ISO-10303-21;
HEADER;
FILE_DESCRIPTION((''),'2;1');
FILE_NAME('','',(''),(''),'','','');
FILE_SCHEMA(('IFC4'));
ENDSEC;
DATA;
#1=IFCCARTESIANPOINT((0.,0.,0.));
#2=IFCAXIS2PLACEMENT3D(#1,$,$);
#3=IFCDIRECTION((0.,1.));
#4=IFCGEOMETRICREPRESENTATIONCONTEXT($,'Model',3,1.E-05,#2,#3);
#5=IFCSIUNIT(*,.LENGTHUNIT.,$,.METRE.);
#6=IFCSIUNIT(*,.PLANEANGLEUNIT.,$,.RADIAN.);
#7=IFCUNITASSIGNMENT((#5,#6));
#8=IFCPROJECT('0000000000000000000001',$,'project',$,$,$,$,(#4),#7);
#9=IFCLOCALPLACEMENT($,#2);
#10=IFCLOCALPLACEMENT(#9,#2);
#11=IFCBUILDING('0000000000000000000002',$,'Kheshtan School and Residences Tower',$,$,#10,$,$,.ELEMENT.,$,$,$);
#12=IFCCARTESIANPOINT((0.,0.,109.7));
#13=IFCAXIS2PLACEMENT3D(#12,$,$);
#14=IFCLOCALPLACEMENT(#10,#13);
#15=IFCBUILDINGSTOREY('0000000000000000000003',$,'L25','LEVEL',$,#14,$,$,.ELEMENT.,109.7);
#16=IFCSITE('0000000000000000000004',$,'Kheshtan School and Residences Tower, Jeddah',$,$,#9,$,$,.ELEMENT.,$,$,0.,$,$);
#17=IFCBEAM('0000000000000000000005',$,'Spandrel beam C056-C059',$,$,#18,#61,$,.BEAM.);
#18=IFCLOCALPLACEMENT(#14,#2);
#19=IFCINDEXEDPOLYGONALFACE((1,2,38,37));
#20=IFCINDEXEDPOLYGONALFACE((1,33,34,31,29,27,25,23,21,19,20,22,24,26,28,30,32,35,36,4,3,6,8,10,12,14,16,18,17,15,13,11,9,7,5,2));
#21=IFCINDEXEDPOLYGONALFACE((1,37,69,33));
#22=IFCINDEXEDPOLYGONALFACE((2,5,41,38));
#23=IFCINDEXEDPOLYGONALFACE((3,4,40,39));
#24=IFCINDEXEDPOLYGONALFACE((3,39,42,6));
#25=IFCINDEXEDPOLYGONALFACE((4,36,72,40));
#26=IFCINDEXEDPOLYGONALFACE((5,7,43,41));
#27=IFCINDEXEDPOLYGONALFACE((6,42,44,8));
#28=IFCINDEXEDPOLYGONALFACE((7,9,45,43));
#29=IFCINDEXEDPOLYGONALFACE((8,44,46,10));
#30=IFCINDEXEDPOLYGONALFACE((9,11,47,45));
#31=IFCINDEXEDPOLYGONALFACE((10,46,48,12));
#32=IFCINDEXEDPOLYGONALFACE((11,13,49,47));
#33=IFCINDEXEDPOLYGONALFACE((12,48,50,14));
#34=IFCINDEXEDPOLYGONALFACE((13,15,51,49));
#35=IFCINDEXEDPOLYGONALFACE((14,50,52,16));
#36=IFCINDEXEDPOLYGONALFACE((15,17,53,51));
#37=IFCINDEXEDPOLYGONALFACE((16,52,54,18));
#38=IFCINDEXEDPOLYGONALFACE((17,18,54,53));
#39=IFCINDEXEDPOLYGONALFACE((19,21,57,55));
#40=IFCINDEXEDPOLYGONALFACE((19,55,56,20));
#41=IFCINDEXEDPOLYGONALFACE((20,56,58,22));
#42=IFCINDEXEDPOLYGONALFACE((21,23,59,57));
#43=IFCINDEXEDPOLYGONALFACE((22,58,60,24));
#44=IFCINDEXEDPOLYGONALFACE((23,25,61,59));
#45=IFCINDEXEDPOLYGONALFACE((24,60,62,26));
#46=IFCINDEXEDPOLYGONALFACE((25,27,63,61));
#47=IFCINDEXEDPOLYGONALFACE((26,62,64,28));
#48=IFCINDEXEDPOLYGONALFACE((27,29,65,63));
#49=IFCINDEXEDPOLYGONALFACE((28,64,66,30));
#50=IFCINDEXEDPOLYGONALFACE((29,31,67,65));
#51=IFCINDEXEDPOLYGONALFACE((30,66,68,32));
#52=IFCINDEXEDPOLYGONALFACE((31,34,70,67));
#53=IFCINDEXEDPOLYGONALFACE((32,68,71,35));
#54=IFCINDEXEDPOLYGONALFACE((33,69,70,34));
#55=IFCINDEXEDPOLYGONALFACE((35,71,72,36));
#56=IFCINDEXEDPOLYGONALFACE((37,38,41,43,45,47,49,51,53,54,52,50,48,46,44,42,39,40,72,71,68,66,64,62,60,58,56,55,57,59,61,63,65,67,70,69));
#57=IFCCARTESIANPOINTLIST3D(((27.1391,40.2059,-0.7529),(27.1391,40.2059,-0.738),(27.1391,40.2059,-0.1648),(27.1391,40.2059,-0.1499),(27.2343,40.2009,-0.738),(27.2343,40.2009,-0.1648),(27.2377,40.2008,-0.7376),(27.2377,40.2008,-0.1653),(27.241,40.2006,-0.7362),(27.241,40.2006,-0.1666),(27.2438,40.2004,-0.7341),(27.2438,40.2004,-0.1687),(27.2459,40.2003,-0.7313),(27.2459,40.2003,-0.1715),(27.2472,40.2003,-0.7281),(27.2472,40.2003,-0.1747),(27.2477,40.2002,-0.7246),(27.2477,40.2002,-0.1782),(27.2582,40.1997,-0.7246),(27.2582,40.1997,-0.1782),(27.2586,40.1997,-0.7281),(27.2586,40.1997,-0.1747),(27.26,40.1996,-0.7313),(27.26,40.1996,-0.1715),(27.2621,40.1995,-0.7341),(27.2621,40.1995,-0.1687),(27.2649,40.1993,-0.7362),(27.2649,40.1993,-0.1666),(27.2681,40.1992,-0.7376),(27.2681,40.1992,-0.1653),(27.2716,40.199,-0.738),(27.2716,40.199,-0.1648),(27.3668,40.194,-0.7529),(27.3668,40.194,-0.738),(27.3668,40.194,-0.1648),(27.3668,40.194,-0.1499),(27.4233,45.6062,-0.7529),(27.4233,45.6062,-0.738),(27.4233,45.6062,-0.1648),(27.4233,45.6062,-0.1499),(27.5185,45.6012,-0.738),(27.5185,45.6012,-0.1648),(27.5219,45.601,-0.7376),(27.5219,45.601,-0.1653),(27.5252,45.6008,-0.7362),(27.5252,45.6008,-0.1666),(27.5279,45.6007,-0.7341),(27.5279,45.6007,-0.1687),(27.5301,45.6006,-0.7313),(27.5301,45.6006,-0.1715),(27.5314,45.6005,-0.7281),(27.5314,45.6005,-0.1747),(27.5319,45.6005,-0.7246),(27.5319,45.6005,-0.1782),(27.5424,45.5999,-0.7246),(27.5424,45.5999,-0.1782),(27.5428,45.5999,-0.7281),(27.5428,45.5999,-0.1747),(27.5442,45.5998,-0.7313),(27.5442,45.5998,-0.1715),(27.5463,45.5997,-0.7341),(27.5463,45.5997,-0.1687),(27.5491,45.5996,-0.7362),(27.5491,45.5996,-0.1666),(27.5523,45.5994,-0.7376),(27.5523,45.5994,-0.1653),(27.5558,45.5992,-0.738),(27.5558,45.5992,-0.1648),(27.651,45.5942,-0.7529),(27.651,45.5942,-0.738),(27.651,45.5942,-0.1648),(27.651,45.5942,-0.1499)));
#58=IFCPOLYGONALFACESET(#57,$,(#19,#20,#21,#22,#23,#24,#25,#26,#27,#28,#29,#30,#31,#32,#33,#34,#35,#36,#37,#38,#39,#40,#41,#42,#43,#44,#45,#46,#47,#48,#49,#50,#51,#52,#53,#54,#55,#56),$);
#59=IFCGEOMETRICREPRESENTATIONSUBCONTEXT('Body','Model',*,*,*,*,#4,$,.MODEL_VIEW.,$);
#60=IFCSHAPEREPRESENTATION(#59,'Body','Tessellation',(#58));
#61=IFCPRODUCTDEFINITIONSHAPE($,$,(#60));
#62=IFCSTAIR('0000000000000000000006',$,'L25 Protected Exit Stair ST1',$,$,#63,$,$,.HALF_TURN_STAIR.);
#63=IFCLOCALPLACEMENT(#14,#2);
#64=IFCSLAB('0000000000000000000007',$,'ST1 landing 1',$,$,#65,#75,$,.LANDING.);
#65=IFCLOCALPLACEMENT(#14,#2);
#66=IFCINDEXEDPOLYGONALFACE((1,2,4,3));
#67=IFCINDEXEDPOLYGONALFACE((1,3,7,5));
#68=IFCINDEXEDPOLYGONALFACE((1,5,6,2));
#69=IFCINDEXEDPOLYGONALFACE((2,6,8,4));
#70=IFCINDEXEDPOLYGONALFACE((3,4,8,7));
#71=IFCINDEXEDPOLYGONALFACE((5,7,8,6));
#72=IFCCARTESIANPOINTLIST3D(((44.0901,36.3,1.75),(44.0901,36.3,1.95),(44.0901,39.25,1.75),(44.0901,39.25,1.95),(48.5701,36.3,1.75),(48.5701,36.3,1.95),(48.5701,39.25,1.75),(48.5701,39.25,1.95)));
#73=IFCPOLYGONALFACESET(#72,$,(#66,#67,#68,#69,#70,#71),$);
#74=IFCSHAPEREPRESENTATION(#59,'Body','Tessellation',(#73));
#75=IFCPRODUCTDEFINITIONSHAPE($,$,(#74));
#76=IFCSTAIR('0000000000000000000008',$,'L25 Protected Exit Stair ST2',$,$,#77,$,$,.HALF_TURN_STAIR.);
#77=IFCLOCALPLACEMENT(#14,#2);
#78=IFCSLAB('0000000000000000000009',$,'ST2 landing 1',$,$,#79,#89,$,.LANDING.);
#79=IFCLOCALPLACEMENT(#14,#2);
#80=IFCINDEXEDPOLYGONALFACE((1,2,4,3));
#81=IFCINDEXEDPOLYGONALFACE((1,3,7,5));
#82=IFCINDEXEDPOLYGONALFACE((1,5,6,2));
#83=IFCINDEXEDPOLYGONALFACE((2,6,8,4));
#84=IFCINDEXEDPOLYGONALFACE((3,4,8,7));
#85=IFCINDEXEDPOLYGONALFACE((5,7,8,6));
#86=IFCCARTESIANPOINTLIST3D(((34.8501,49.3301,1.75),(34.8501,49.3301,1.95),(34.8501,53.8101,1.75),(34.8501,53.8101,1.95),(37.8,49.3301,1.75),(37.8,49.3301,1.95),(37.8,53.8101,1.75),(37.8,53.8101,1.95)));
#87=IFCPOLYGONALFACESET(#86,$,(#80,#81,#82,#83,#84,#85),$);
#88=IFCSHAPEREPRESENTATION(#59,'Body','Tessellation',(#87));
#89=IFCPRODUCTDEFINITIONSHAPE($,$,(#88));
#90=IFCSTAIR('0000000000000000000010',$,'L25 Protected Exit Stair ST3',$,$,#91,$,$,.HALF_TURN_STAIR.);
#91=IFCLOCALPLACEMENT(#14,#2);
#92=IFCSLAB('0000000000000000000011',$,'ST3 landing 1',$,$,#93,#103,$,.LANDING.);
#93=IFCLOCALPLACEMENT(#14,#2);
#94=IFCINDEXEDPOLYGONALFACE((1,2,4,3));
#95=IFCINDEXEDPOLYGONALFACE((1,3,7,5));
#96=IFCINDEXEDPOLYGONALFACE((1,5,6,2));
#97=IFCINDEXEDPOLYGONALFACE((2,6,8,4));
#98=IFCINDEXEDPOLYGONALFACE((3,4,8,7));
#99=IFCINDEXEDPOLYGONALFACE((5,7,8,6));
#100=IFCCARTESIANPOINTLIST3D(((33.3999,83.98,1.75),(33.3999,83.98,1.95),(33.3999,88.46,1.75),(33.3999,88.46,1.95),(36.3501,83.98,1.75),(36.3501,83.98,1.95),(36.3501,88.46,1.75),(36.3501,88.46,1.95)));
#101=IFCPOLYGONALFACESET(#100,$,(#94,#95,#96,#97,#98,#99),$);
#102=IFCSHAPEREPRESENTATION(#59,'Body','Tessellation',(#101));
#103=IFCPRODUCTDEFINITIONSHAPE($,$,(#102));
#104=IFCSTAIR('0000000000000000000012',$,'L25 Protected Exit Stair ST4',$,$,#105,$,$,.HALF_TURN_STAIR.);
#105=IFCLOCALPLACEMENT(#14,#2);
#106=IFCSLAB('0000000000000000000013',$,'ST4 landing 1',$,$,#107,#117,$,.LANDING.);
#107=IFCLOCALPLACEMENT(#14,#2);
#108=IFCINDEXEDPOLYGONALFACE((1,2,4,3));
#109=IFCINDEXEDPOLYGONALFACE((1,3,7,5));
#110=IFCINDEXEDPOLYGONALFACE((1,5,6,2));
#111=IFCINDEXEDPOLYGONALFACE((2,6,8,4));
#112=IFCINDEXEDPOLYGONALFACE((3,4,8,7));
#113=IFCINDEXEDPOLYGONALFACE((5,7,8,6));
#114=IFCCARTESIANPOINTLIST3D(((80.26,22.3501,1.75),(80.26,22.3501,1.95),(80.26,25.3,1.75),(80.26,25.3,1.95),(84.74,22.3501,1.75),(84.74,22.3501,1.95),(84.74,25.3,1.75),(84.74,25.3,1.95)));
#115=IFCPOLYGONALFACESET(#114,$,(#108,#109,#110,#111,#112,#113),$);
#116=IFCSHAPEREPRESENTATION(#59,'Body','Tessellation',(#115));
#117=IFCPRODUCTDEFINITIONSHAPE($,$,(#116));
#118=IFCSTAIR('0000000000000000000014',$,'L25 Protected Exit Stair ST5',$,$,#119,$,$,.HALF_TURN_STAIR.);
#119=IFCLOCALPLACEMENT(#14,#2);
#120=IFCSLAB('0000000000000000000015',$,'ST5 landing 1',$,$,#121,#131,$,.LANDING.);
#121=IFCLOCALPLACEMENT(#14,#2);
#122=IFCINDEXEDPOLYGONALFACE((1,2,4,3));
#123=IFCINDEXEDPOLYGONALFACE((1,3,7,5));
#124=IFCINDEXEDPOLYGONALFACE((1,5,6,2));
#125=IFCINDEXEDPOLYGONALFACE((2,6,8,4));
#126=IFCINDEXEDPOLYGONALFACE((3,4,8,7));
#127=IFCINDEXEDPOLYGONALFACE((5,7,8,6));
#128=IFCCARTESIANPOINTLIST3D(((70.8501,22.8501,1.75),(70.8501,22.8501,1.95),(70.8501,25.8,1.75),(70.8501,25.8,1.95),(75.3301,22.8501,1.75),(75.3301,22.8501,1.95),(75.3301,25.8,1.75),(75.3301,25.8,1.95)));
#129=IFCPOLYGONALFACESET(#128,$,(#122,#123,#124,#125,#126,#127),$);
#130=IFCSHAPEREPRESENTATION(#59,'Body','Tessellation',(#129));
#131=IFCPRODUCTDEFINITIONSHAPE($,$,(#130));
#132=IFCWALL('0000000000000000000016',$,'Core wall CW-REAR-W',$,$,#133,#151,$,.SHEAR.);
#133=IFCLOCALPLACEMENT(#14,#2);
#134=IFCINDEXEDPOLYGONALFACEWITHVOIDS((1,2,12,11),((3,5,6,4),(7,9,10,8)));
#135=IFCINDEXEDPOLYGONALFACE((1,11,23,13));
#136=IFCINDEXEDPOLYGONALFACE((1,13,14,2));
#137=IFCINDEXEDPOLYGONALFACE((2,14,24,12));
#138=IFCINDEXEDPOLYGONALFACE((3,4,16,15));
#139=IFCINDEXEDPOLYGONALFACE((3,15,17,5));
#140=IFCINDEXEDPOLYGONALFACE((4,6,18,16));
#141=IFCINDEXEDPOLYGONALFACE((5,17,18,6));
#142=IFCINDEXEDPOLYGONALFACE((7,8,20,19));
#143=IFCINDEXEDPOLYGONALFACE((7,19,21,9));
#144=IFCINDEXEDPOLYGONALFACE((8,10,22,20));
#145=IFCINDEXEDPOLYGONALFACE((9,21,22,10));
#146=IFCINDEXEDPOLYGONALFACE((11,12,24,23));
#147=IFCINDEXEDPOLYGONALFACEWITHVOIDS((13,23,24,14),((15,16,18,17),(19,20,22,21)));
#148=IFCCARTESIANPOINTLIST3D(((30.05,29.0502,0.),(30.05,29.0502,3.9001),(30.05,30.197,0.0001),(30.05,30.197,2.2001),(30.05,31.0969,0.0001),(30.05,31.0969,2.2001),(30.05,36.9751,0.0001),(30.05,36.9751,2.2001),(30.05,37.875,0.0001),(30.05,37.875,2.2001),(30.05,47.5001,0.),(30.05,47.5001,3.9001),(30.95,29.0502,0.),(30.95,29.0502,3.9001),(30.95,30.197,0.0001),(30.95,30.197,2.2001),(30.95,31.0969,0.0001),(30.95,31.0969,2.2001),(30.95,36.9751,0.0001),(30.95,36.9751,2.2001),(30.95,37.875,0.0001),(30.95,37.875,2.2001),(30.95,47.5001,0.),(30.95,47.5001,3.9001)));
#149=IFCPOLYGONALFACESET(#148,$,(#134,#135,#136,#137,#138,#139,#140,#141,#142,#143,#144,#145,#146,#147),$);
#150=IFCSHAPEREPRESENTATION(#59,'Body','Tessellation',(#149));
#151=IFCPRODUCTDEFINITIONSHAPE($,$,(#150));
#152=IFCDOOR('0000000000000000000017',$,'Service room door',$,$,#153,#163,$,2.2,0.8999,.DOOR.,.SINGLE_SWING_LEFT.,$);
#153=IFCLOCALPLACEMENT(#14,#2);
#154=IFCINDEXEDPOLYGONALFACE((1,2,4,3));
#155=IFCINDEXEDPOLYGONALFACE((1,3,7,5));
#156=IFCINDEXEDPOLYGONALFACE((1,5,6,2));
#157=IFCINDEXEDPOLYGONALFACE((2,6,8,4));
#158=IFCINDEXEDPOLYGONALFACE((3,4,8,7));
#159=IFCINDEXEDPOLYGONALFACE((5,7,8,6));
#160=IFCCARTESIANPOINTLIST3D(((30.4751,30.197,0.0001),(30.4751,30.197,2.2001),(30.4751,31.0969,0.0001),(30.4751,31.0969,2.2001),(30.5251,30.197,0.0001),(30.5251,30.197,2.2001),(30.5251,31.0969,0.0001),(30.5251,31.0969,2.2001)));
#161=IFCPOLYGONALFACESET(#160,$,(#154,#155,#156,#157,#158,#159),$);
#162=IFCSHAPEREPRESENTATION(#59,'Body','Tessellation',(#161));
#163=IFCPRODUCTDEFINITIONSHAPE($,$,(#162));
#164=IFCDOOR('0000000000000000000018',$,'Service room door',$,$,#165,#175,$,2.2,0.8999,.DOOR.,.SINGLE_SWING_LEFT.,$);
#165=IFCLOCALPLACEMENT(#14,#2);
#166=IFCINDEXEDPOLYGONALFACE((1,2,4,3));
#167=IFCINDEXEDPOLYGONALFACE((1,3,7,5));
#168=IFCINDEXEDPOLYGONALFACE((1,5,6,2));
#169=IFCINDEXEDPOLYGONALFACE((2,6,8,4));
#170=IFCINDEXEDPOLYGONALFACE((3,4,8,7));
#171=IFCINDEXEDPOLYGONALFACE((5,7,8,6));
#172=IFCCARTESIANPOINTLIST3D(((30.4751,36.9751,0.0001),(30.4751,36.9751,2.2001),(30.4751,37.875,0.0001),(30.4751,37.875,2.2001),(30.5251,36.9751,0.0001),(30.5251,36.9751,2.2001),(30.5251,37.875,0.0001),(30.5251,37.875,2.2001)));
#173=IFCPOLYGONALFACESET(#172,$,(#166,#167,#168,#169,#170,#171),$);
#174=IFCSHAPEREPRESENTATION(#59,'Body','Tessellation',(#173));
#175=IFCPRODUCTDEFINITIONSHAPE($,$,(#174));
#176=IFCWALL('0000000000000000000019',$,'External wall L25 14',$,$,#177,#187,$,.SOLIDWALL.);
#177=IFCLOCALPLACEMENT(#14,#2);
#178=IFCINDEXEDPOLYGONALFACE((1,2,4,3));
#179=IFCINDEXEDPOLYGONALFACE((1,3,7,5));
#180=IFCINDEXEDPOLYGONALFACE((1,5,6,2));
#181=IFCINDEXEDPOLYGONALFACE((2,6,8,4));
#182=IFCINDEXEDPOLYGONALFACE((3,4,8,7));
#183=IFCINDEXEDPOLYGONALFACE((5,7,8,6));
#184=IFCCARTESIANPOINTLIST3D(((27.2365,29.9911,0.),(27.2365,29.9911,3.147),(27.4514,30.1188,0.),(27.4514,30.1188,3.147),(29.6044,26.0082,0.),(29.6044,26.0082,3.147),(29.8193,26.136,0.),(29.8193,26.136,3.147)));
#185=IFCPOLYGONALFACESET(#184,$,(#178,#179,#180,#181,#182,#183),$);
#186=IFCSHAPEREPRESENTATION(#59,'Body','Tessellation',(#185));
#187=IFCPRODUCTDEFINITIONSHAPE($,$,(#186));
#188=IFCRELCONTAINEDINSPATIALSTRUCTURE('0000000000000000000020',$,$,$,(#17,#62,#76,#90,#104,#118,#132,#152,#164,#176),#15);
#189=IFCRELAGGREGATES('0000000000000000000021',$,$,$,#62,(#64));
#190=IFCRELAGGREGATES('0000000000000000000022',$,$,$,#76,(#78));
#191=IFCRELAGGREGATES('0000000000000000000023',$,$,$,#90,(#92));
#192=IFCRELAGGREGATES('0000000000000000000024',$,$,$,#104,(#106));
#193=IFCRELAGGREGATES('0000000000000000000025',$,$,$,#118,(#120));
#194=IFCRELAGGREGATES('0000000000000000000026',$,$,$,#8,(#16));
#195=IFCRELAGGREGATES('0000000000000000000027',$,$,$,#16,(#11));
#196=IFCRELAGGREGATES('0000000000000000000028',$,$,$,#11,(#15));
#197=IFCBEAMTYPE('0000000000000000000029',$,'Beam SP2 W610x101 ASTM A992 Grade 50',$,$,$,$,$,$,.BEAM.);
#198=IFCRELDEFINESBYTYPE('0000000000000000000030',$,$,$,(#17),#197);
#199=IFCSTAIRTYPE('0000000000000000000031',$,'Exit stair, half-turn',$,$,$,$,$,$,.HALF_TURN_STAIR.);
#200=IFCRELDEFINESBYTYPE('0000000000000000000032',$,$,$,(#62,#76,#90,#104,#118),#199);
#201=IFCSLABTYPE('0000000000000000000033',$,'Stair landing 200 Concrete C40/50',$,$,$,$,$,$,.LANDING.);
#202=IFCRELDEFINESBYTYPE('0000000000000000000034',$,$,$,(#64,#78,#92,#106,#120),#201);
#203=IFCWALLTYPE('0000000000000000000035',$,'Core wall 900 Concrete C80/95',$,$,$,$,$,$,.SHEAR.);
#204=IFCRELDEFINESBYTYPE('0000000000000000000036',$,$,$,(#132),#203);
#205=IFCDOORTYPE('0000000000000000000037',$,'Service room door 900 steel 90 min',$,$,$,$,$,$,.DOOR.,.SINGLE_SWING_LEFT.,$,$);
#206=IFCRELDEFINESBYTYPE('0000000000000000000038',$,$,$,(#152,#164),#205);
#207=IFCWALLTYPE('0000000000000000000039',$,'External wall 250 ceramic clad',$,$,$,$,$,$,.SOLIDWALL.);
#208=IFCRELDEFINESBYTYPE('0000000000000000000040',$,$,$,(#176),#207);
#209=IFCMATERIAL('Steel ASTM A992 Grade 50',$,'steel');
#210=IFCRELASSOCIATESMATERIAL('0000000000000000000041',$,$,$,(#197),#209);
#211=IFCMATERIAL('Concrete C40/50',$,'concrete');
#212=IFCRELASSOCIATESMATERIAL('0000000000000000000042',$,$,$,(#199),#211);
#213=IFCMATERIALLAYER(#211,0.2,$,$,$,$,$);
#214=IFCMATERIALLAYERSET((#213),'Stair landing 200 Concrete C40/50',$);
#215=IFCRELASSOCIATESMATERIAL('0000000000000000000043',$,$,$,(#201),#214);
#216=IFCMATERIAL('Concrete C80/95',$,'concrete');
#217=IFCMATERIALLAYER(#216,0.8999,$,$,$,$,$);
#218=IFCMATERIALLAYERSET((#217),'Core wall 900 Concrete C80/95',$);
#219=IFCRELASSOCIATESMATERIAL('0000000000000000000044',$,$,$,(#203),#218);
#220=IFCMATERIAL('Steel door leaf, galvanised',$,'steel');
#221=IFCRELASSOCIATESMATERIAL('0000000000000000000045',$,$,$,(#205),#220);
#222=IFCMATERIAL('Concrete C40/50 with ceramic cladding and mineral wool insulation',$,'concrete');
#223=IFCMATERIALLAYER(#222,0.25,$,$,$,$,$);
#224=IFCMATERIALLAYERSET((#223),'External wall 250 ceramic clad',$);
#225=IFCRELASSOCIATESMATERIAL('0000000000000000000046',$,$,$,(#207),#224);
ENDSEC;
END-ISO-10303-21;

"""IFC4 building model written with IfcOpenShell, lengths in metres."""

from ifc_helpers import new_model, si_unit, direction, frame, frame_2d, origin, origin_2d, place, context, subcontext, project, spatial, polyline, rectangle, i_section, outline, extrude, source, transform, mapped, material, layer, layer_set, material_profile, profile_set, type_object, element, fill, aggregate, save


model = new_model("IFC4")

# Units and contexts
model_context = context("Model", 3, precision=1e-05, world=origin(), true_north=direction((0.0, 1.0)))
body_context = subcontext(model_context, "Body", "Model", "MODEL_VIEW")
ifc_project = project(units=[si_unit("LENGTHUNIT", "METRE"), si_unit("PLANEANGLEUNIT", "RADIAN")], contexts=[model_context])

# Site, building, storey
site_placement = place(None, origin())
site = spatial("IfcSite", under=ifc_project, at=site_placement, Name="Kheshtan School and Residences Tower, Jeddah", CompositionType="ELEMENT", RefElevation=0.0)
building_placement = place(site_placement, origin())
building = spatial("IfcBuilding", under=site, at=building_placement, Name="Kheshtan School and Residences Tower", CompositionType="ELEMENT")
storey_placement = place(building_placement, frame((0.0, 0.0, 109.7)))
storey = spatial("IfcBuildingStorey", under=building, at=storey_placement, Name="L25", Description="LEVEL", CompositionType="ELEMENT", Elevation=109.7)

# Shared definitions
ifc_material_1 = material(Name="Steel ASTM A992 Grade 50", Category="steel")

# Beam
ifc_material_profile_1 = material_profile(ifc_material_1, i_section(OverallWidth=0.228, OverallDepth=0.603, WebThickness=0.0105, FlangeThickness=0.0149, FilletRadius=0.0134, at=origin_2d()), Name="W610x101")
ifc_profile_set_1 = profile_set([ifc_material_profile_1], Name="Steel ASTM A992 Grade 50")
beam_type_1 = type_object("IfcBeamType", Name="Beam SP2 W610x101 ASTM A992 Grade 50", PredefinedType="BEAM", material=ifc_profile_set_1)
beam_1_placement = place(storey_placement, frame((27.2529, 40.2, -0.4514), z_axis=(0.052552, 0.998618, 0.0), x_axis=(-0.998618, 0.052552, 0.0)))
element("IfcBeam", 1, at=beam_1_placement, inside=storey, type_object=beam_type_1, Name="Spandrel beam C056-C059", PredefinedType="BEAM", context=body_context, shape_type="SweptSolid", body=[
    extrude(i_section(OverallWidth=0.228, OverallDepth=0.603, WebThickness=0.0105, FlangeThickness=0.0149, FilletRadius=0.0134, at=origin_2d()), origin(), (0.0, 0.0, 1.0), 5.4077),
])

# Shared definitions
ifc_material_2 = material(Name="Concrete C40/50", Category="concrete")

# Stairs, slabs
stair_type = type_object("IfcStairType", Name="Exit stair, half-turn", PredefinedType="HALF_TURN_STAIR", material=ifc_material_2)
stair_1_placement = place(storey_placement, origin())
stair_1 = element("IfcStair", 2, at=stair_1_placement, inside=storey, type_object=stair_type, Name="L25 Protected Exit Stair ST1", PredefinedType="HALF_TURN_STAIR")
ifc_layer_1 = layer(ifc_material_2, 0.2)
ifc_layer_set_1 = layer_set([ifc_layer_1], Name="Stair landing 200 Concrete C40/50")
slab_type_1 = type_object("IfcSlabType", Name="Stair landing 200 Concrete C40/50", PredefinedType="LANDING", material=ifc_layer_set_1)
slab_1_placement = place(storey_placement, frame((0.0, 0.0, 1.75)))
slab_1 = element("IfcSlab", 3, at=slab_1_placement, type_object=slab_type_1, Name="ST1 landing 1", PredefinedType="LANDING", context=body_context, shape_type="SweptSolid", body=[
    extrude(outline(polyline([(48.5701, 39.25), (44.0901, 39.25), (44.0901, 36.3), (48.5701, 36.3), (48.5701, 39.25)])), origin(), (0.0, 0.0, 1.0), 0.2),
])
aggregate(stair_1, [slab_1])
stair_2_placement = place(storey_placement, origin())
stair_2 = element("IfcStair", 4, at=stair_2_placement, inside=storey, type_object=stair_type, Name="L25 Protected Exit Stair ST2", PredefinedType="HALF_TURN_STAIR")
slab_2_placement = place(storey_placement, frame((0.0, 0.0, 1.75)))
slab_2 = element("IfcSlab", 5, at=slab_2_placement, type_object=slab_type_1, Name="ST2 landing 1", PredefinedType="LANDING", context=body_context, shape_type="SweptSolid", body=[
    extrude(outline(polyline([(37.8, 49.3301), (37.8, 53.8101), (34.8501, 53.8101), (34.8501, 49.3301), (37.8, 49.3301)])), origin(), (0.0, 0.0, 1.0), 0.2),
])
aggregate(stair_2, [slab_2])
stair_3_placement = place(storey_placement, origin())
stair_3 = element("IfcStair", 6, at=stair_3_placement, inside=storey, type_object=stair_type, Name="L25 Protected Exit Stair ST3", PredefinedType="HALF_TURN_STAIR")
slab_3_placement = place(storey_placement, frame((0.0, 0.0, 1.75)))
slab_3 = element("IfcSlab", 7, at=slab_3_placement, type_object=slab_type_1, Name="ST3 landing 1", PredefinedType="LANDING", context=body_context, shape_type="SweptSolid", body=[
    extrude(outline(polyline([(36.3501, 83.98), (36.3501, 88.46), (33.3999, 88.46), (33.3999, 83.98), (36.3501, 83.98)])), origin(), (0.0, 0.0, 1.0), 0.2),
])
aggregate(stair_3, [slab_3])
stair_4_placement = place(storey_placement, origin())
stair_4 = element("IfcStair", 8, at=stair_4_placement, inside=storey, type_object=stair_type, Name="L25 Protected Exit Stair ST4", PredefinedType="HALF_TURN_STAIR")
slab_4_placement = place(storey_placement, frame((0.0, 0.0, 1.75)))
slab_4 = element("IfcSlab", 9, at=slab_4_placement, type_object=slab_type_1, Name="ST4 landing 1", PredefinedType="LANDING", context=body_context, shape_type="SweptSolid", body=[
    extrude(outline(polyline([(84.74, 25.3), (80.26, 25.3), (80.26, 22.3501), (84.74, 22.3501), (84.74, 25.3)])), origin(), (0.0, 0.0, 1.0), 0.2),
])
aggregate(stair_4, [slab_4])
stair_5_placement = place(storey_placement, origin())
stair_5 = element("IfcStair", 10, at=stair_5_placement, inside=storey, type_object=stair_type, Name="L25 Protected Exit Stair ST5", PredefinedType="HALF_TURN_STAIR")
slab_5_placement = place(storey_placement, frame((0.0, 0.0, 1.75)))
slab_5 = element("IfcSlab", 11, at=slab_5_placement, type_object=slab_type_1, Name="ST5 landing 1", PredefinedType="LANDING", context=body_context, shape_type="SweptSolid", body=[
    extrude(outline(polyline([(75.3301, 25.8), (70.8501, 25.8), (70.8501, 22.8501), (75.3301, 22.8501), (75.3301, 25.8)])), origin(), (0.0, 0.0, 1.0), 0.2),
])
aggregate(stair_5, [slab_5])

# Wall, openings, doors
ifc_material_3 = material(Name="Concrete C80/95", Category="concrete")
ifc_layer_2 = layer(ifc_material_3, 0.8999)
ifc_layer_set_2 = layer_set([ifc_layer_2], Name="Core wall 900 Concrete C80/95")
wall_type_1 = type_object("IfcWallType", Name="Core wall 900 Concrete C80/95", PredefinedType="SHEAR", material=ifc_layer_set_2)
wall_1_placement = place(storey_placement, frame((30.5, 29.05, 0.0), z_axis=(0.0, 0.0, 1.0), x_axis=(0.0, 1.0, 0.0)))
wall_1 = element("IfcWall", 12, at=wall_1_placement, inside=storey, type_object=wall_type_1, Name="Core wall CW-REAR-W", PredefinedType="SHEAR", context=body_context, shape_type="SweptSolid", body=[
    extrude(rectangle(XDim=18.45, YDim=0.8999, at=frame_2d((9.2251, 0.0))), origin(), (0.0, 0.0, 1.0), 3.9001),
])
opening_1_placement = place(wall_1_placement, frame((1.147, 0.0, 0.0)))
opening_1 = element("IfcOpeningElement", 13, at=opening_1_placement, cuts=wall_1, PredefinedType="OPENING", context=body_context, shape_type="SweptSolid", body=[
    extrude(rectangle(XDim=0.8999, YDim=2.2, at=frame_2d((0.45, 1.1001))), frame((0.0, 0.46, 0.0), z_axis=(0.0, -1.0, 0.0), x_axis=(1.0, 0.0, 0.0)), (0.0, 0.0, 1.0), 0.9199),
])
opening_2_placement = place(wall_1_placement, frame((7.925, 0.0, 0.0)))
opening_2 = element("IfcOpeningElement", 14, at=opening_2_placement, cuts=wall_1, PredefinedType="OPENING", context=body_context, shape_type="SweptSolid", body=[
    extrude(rectangle(XDim=0.8999, YDim=2.2, at=frame_2d((0.45, 1.1001))), frame((0.0, 0.46, 0.0), z_axis=(0.0, -1.0, 0.0), x_axis=(1.0, 0.0, 0.0)), (0.0, 0.0, 1.0), 0.9199),
])
ifc_material_4 = material(Name="Steel door leaf, galvanised", Category="steel")
door_type = type_object("IfcDoorType", Name="Service room door 900 steel 90 min", OperationType="SINGLE_SWING_LEFT", PredefinedType="DOOR", material=ifc_material_4)
shared_shape = source(origin(), body_context, "Body", "SweptSolid", [
    extrude(rectangle(XDim=0.8999, YDim=2.2, at=frame_2d((0.45, 1.1001))), frame((0.0, 0.0249, 0.0), z_axis=(0.0, -1.0, 0.0), x_axis=(1.0, 0.0, 0.0)), (0.0, 0.0, 1.0), 0.05),
])
door_1_placement = place(opening_1_placement, origin())
door_1 = element("IfcDoor", 15, at=door_1_placement, inside=storey, type_object=door_type, Name="Service room door", OperationType="SINGLE_SWING_LEFT", OverallHeight=2.2, OverallWidth=0.8999, PredefinedType="DOOR", context=body_context, shape_type="MappedRepresentation", body=[
    mapped(shared_shape, transform((0.0, 0.0, 0.0), x_axis=(1.0, 0.0, 0.0), y_axis=(0.0, 1.0, 0.0), z_axis=(0.0, 0.0, 1.0), scale=1.0)),
])
fill(opening_1, door_1)
door_2_placement = place(opening_2_placement, origin())
door_2 = element("IfcDoor", 16, at=door_2_placement, inside=storey, type_object=door_type, Name="Service room door", OperationType="SINGLE_SWING_LEFT", OverallHeight=2.2, OverallWidth=0.8999, PredefinedType="DOOR", context=body_context, shape_type="MappedRepresentation", body=[
    mapped(shared_shape, transform((0.0, 0.0, 0.0), x_axis=(1.0, 0.0, 0.0), y_axis=(0.0, 1.0, 0.0), z_axis=(0.0, 0.0, 1.0), scale=1.0)),
])
fill(opening_2, door_2)

# Wall
ifc_material_5 = material(Name="Concrete C40/50 with ceramic cladding and mineral wool insulation", Category="concrete")
ifc_layer_3 = layer(ifc_material_5, 0.25)
ifc_layer_set_3 = layer_set([ifc_layer_3], Name="External wall 250 ceramic clad")
wall_type_2 = type_object("IfcWallType", Name="External wall 250 ceramic clad", PredefinedType="SOLIDWALL", material=ifc_layer_set_3)
wall_2_placement = place(storey_placement, frame((29.7119, 26.072, 0.0), z_axis=(0.0, 0.0, 1.0), x_axis=(-0.511028, 0.859564, 0.0)))
element("IfcWall", 17, at=wall_2_placement, inside=storey, type_object=wall_type_2, Name="External wall L25 14", PredefinedType="SOLIDWALL", context=body_context, shape_type="SweptSolid", body=[
    extrude(rectangle(XDim=4.6335, YDim=0.25, at=frame_2d((2.3169, 0.0))), origin(), (0.0, 0.0, 1.0), 3.147),
])

save(model, "model.ifc")
